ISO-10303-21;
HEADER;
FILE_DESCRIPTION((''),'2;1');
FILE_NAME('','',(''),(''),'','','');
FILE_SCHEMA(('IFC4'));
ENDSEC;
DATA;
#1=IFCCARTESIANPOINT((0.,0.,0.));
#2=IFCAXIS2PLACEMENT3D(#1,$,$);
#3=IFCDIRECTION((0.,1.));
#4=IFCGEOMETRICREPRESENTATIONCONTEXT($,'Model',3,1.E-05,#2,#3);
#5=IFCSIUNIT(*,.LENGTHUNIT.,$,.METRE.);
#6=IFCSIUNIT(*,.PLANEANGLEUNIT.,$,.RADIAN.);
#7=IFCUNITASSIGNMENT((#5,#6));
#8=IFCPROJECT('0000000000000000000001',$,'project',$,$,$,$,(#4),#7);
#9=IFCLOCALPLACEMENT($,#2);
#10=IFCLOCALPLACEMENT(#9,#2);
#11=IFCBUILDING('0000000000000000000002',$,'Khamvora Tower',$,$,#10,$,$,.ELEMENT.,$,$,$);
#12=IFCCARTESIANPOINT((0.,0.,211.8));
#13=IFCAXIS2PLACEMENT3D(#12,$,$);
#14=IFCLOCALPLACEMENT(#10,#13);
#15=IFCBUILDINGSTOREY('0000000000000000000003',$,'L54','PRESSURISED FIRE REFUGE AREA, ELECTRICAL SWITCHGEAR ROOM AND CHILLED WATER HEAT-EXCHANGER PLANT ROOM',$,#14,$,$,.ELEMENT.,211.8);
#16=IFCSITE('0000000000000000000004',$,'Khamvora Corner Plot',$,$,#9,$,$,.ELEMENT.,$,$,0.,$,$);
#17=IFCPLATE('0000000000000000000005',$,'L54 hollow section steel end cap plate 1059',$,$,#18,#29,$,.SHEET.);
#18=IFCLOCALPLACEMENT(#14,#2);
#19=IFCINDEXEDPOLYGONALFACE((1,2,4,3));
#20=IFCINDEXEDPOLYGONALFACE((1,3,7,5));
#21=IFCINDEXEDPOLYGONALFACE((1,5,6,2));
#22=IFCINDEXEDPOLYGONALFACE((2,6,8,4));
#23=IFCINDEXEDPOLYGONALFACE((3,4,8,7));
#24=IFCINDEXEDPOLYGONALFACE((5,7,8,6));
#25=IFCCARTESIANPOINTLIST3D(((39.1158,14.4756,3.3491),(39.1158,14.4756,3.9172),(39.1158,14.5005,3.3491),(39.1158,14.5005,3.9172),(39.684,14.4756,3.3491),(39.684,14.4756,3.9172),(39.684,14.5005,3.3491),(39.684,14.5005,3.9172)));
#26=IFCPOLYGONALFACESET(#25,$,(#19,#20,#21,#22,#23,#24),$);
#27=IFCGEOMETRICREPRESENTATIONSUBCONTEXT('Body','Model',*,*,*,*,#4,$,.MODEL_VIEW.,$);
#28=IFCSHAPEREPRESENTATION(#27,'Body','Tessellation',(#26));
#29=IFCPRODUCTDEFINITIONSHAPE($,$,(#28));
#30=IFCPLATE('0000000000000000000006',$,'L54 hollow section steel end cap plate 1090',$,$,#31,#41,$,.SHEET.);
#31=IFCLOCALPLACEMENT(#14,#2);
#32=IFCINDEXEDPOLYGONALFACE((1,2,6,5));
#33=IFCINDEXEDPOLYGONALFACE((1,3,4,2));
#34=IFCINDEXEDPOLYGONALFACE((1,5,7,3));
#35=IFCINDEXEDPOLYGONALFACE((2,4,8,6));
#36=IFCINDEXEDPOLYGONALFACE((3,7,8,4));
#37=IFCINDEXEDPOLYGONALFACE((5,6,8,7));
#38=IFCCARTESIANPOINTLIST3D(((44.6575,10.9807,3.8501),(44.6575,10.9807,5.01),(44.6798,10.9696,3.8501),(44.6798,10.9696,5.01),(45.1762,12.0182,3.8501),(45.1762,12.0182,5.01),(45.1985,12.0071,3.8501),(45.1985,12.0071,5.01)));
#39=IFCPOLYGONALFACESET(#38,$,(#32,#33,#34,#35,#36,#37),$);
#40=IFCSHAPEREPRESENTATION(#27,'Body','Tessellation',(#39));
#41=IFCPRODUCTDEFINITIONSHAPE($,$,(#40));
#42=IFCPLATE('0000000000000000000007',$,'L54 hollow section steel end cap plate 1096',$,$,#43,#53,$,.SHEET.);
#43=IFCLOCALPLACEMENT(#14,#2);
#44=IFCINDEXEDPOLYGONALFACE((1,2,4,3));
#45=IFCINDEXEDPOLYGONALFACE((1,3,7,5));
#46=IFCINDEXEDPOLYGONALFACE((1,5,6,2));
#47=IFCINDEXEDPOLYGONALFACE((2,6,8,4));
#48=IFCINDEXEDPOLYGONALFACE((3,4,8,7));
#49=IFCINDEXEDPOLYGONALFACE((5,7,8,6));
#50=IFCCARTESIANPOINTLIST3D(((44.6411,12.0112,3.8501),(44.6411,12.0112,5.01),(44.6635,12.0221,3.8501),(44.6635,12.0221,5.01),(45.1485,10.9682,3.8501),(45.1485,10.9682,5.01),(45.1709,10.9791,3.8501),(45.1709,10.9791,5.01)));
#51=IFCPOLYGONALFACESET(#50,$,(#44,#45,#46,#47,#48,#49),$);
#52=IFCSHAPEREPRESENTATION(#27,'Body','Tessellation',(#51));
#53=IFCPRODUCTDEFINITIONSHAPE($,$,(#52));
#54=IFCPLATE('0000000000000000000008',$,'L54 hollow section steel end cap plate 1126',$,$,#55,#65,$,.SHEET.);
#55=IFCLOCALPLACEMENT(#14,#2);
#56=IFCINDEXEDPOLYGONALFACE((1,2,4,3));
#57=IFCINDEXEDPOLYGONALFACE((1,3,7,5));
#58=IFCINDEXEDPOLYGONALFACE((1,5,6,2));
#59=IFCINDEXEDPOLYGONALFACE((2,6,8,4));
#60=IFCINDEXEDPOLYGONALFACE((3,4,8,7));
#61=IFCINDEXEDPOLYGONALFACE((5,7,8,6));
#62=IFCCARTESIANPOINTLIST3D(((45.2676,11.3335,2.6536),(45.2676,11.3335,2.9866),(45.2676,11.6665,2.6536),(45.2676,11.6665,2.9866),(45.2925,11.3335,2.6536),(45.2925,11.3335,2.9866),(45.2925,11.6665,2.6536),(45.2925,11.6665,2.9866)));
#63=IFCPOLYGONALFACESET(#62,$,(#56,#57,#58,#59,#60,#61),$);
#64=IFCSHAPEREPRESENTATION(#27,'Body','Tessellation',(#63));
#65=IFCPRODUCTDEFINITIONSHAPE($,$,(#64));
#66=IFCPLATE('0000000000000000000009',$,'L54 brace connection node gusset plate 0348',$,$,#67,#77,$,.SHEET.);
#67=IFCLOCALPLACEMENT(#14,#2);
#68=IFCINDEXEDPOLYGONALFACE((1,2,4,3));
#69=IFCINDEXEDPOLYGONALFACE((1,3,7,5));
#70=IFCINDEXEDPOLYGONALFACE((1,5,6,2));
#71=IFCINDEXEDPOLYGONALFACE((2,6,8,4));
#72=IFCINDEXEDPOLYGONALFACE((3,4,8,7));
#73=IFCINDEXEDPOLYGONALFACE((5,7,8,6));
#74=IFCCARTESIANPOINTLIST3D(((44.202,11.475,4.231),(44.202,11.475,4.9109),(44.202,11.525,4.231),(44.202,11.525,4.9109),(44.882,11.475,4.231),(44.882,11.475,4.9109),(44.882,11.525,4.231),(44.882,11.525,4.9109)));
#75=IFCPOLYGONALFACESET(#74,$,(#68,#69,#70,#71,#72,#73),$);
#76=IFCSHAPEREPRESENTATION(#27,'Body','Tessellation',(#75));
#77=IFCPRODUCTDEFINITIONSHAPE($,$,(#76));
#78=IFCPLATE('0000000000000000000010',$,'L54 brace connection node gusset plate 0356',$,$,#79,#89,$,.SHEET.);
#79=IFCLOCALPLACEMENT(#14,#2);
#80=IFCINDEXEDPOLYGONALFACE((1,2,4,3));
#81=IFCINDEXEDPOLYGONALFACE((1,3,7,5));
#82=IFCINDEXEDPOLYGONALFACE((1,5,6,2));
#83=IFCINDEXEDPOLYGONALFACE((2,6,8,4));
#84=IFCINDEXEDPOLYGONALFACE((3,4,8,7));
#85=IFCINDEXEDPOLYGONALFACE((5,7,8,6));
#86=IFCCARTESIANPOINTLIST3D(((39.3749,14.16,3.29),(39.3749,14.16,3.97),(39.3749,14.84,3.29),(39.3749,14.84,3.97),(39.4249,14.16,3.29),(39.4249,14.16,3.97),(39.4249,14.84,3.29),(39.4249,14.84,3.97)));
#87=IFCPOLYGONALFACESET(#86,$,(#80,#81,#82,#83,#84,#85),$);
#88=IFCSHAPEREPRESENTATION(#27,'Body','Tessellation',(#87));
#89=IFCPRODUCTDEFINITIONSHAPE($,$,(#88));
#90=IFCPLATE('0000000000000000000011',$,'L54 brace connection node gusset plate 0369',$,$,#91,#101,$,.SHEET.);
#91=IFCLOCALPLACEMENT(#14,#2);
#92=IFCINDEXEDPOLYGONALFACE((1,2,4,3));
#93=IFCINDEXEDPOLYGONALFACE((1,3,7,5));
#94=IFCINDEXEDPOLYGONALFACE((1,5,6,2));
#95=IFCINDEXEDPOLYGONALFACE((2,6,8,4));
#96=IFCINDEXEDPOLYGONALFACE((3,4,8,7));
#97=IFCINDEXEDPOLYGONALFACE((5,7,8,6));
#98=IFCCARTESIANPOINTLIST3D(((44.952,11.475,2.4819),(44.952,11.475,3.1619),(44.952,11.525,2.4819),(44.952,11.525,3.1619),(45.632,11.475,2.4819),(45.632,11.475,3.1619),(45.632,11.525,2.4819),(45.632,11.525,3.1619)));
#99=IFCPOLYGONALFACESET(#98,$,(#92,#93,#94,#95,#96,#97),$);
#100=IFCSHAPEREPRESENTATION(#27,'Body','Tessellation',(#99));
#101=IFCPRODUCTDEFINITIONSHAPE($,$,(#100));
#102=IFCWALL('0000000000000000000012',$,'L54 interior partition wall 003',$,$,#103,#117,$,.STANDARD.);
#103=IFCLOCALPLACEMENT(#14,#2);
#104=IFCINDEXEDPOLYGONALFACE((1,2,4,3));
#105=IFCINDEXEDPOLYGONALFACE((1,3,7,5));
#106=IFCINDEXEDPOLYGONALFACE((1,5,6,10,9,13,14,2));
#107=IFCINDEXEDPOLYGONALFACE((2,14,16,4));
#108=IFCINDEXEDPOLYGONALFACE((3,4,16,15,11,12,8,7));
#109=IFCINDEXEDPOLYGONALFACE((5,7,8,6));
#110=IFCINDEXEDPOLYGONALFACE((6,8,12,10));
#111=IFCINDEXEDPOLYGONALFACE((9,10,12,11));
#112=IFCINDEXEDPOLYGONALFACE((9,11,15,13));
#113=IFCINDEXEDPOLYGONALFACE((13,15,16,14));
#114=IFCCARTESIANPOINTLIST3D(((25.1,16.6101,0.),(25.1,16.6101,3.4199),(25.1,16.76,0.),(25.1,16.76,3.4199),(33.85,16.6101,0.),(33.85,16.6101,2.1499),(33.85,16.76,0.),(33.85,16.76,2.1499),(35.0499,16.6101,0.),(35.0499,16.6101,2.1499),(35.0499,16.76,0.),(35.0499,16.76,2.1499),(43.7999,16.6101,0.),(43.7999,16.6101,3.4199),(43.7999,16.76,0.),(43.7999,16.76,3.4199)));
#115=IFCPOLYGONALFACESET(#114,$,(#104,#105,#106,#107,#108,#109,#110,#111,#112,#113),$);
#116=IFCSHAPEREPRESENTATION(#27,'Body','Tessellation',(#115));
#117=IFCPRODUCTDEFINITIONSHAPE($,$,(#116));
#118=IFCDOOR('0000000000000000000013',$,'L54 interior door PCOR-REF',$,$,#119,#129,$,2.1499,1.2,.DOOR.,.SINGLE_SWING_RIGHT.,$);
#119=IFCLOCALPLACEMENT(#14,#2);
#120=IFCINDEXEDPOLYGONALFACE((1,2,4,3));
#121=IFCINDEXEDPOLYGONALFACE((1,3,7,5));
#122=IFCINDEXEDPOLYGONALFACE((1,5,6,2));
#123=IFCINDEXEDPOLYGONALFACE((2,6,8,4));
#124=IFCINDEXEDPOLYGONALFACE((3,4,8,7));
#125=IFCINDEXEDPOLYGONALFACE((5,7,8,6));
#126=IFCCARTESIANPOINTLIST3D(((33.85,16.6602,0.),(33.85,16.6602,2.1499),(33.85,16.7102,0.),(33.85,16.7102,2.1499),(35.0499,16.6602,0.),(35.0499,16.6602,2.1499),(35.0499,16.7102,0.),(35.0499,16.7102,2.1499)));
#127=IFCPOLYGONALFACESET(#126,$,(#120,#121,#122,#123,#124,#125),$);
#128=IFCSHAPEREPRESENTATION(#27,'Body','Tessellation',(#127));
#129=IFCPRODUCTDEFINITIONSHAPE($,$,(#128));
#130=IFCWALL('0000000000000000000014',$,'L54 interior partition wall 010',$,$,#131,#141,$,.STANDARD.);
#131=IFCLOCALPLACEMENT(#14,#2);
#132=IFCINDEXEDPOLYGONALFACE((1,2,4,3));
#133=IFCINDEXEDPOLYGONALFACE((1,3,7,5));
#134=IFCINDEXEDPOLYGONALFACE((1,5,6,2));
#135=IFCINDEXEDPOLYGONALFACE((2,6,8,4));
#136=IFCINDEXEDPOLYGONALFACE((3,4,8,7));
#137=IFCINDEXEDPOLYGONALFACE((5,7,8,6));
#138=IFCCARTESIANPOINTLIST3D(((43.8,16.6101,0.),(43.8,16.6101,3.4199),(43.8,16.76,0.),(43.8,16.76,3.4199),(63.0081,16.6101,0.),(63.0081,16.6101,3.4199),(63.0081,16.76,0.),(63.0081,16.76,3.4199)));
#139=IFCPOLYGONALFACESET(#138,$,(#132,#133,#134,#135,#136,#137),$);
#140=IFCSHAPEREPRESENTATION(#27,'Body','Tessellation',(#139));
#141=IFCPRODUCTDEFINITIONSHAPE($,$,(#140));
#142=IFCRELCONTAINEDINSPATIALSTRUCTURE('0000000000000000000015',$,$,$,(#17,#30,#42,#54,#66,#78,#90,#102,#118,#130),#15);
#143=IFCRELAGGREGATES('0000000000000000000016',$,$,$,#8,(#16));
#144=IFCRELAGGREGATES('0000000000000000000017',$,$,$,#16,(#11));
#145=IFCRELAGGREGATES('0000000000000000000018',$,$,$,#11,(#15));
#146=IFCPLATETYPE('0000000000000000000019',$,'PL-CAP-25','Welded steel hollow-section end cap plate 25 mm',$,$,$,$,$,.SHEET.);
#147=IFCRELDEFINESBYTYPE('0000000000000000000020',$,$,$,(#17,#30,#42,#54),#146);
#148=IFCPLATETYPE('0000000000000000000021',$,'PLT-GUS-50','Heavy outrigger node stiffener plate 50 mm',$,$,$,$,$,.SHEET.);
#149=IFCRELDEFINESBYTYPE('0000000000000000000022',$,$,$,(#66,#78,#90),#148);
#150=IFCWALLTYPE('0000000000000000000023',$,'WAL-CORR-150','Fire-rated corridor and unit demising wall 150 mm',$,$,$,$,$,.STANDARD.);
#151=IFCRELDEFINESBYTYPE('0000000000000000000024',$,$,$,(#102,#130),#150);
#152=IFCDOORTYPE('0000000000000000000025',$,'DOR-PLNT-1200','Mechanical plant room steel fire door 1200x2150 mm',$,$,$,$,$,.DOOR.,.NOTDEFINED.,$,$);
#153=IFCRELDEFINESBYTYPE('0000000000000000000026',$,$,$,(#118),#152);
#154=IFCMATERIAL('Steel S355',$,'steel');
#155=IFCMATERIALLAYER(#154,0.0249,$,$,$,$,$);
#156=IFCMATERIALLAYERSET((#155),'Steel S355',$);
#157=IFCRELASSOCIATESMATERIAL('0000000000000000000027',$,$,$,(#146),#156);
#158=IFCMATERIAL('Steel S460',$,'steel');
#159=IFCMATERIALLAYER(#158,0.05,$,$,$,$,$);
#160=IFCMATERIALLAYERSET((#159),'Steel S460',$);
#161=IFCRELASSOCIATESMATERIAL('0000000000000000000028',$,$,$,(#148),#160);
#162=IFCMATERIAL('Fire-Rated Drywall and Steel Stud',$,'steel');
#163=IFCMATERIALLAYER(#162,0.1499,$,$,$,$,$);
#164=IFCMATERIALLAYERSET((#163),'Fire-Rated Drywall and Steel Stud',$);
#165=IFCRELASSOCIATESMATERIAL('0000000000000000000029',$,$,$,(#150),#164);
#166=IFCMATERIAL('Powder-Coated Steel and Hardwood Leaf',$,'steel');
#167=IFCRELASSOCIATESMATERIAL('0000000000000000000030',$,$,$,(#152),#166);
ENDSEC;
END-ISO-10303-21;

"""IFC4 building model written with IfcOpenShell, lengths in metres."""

from ifc_helpers import new_model, si_unit, direction, frame, frame_2d, origin, origin_2d, place, context, subcontext, project, spatial, rectangle, extrude, material, layer, layer_set, type_object, element, fill, save


model = new_model("IFC4")

# Units and contexts
model_context = context("Model", 3, precision=1e-05, world=origin(), true_north=direction((0.0, 1.0)))
body_context = subcontext(model_context, "Body", "Model", "MODEL_VIEW")
ifc_project = project(units=[si_unit("LENGTHUNIT", "METRE"), si_unit("PLANEANGLEUNIT", "RADIAN")], contexts=[model_context])

# Site, building, storey
site_placement = place(None, origin())
site = spatial("IfcSite", under=ifc_project, at=site_placement, Name="Khamvora Corner Plot", CompositionType="ELEMENT", RefElevation=0.0)
building_placement = place(site_placement, origin())
building = spatial("IfcBuilding", under=site, at=building_placement, Name="Khamvora Tower", CompositionType="ELEMENT")
storey_placement = place(building_placement, frame((0.0, 0.0, 211.8)))
storey = spatial("IfcBuildingStorey", under=building, at=storey_placement, Name="L54", Description="PRESSURISED FIRE REFUGE AREA, ELECTRICAL SWITCHGEAR ROOM AND CHILLED WATER HEAT-EXCHANGER PLANT ROOM", CompositionType="ELEMENT", Elevation=211.8)

# Shared definitions
ifc_material_1 = material(Name="Steel S355", Category="steel")

# Shared definitions
ifc_material_2 = material(Name="Steel S460", Category="steel")

# Plates
ifc_layer_1 = layer(ifc_material_1, 0.0249)
ifc_layer_set_1 = layer_set([ifc_layer_1], Name="Steel S355")
plate_type_1 = type_object("IfcPlateType", Name="PL-CAP-25", Description="Welded steel hollow-section end cap plate 25 mm", PredefinedType="SHEET", material=ifc_layer_set_1)
plate_1_placement = place(storey_placement, frame((39.3999, 14.488, 3.3491), z_axis=(0.0, 0.0, 1.0), x_axis=(0.0, -1.0, 0.0)))
element("IfcPlate", 1, at=plate_1_placement, inside=storey, type_object=plate_type_1, Name="L54 hollow section steel end cap plate 1059", PredefinedType="SHEET", context=body_context, shape_type="SweptSolid", body=[
    extrude(rectangle(XDim=0.0249, YDim=0.5681, at=origin_2d()), origin(), (0.0, 0.0, 1.0), 0.5681),
])
for number, where, z_axis, x_axis, name in (
    (2, (44.928, 11.4939, 3.8501), (0.0, 0.0, 1.0), (-0.894428, 0.447213, 0.0), "L54 hollow section steel end cap plate 1090"),
    (3, (44.906, 11.4951, 3.8501), (0.0, 0.0, 1.0), (0.899214, 0.437508, 0.0), "L54 hollow section steel end cap plate 1096"),
):
    element("IfcPlate", number, at=place(storey_placement, frame(where, z_axis=z_axis, x_axis=x_axis)), inside=storey, type_object=plate_type_1, Name=name, PredefinedType="SHEET", context=body_context, shape_type="SweptSolid", body=[
        extrude(rectangle(XDim=0.0249, YDim=1.1599, at=origin_2d()), origin(), (0.0, 0.0, 1.0), 1.1599),
    ])
plate_2_placement = place(storey_placement, frame((45.28, 11.5, 2.6536), z_axis=(0.0, 0.0, 1.0), x_axis=(1.0, 0.0, 0.0)))
element("IfcPlate", 4, at=plate_2_placement, inside=storey, type_object=plate_type_1, Name="L54 hollow section steel end cap plate 1126", PredefinedType="SHEET", context=body_context, shape_type="SweptSolid", body=[
    extrude(rectangle(XDim=0.0249, YDim=0.333, at=origin_2d()), origin(), (0.0, 0.0, 1.0), 0.333),
])
ifc_layer_2 = layer(ifc_material_2, 0.05)
ifc_layer_set_2 = layer_set([ifc_layer_2], Name="Steel S460")
plate_type_2 = type_object("IfcPlateType", Name="PLT-GUS-50", Description="Heavy outrigger node stiffener plate 50 mm", PredefinedType="SHEET", material=ifc_layer_set_2)
for number, where, z_axis, x_axis, name in (
    (5, (44.542, 11.5, 4.231), (0.0, 0.0, 1.0), (1.0, 0.0, 0.0), "L54 brace connection node gusset plate 0348"),
    (6, (39.3999, 14.5, 3.29), (0.0, 0.0, 1.0), (0.0, -1.0, 0.0), "L54 brace connection node gusset plate 0356"),
    (7, (45.292, 11.5, 2.4819), (0.0, 0.0, 1.0), (1.0, 0.0, 0.0), "L54 brace connection node gusset plate 0369"),
):
    element("IfcPlate", number, at=place(storey_placement, frame(where, z_axis=z_axis, x_axis=x_axis)), inside=storey, type_object=plate_type_2, Name=name, PredefinedType="SHEET", context=body_context, shape_type="SweptSolid", body=[
        extrude(rectangle(XDim=0.6799, YDim=0.05, at=origin_2d()), origin(), (0.0, 0.0, 1.0), 0.6799),
    ])

# Wall, opening, door
ifc_material_3 = material(Name="Fire-Rated Drywall and Steel Stud", Category="steel")
ifc_layer_3 = layer(ifc_material_3, 0.1499)
ifc_layer_set_3 = layer_set([ifc_layer_3], Name="Fire-Rated Drywall and Steel Stud")
wall_type = type_object("IfcWallType", Name="WAL-CORR-150", Description="Fire-rated corridor and unit demising wall 150 mm", PredefinedType="STANDARD", material=ifc_layer_set_3)
wall_1_placement = place(storey_placement, frame((43.8, 16.6851, 0.0), z_axis=(0.0, 0.0, 1.0), x_axis=(-1.0, 0.0, 0.0)))
wall_1 = element("IfcWall", 8, at=wall_1_placement, inside=storey, type_object=wall_type, Name="L54 interior partition wall 003", PredefinedType="STANDARD", context=body_context, shape_type="SweptSolid", body=[
    extrude(rectangle(XDim=18.7, YDim=0.1499, at=frame_2d((9.3501, 0.0))), origin(), (0.0, 0.0, 1.0), 3.4199),
])
opening_placement = place(wall_1_placement, frame((8.75, 0.0, 0.0)))
opening = element("IfcOpeningElement", 9, at=opening_placement, cuts=wall_1, PredefinedType="OPENING", context=body_context, shape_type="SweptSolid", body=[
    extrude(rectangle(XDim=1.2, YDim=2.1499, at=frame_2d((0.6001, 1.075))), frame((0.0, 0.085, 0.0), z_axis=(0.0, -1.0, 0.0), x_axis=(1.0, 0.0, 0.0)), (0.0, 0.0, 1.0), 0.1699),
])
ifc_material_4 = material(Name="Powder-Coated Steel and Hardwood Leaf", Category="steel")
door_type = type_object("IfcDoorType", Name="DOR-PLNT-1200", Description="Mechanical plant room steel fire door 1200x2150 mm", OperationType="NOTDEFINED", PredefinedType="DOOR", material=ifc_material_4)
door_placement = place(opening_placement, origin())
door = element("IfcDoor", 10, at=door_placement, inside=storey, type_object=door_type, Name="L54 interior door PCOR-REF", OperationType="SINGLE_SWING_RIGHT", OverallHeight=2.1499, OverallWidth=1.2, PredefinedType="DOOR", context=body_context, shape_type="SweptSolid", body=[
    extrude(rectangle(XDim=1.2, YDim=2.1499, at=frame_2d((0.6001, 1.075))), frame((0.0, 0.0249, 0.0), z_axis=(0.0, -1.0, 0.0), x_axis=(1.0, 0.0, 0.0)), (0.0, 0.0, 1.0), 0.05),
])
fill(opening, door)

# Wall
wall_2_placement = place(storey_placement, frame((43.8, 16.6851, 0.0), z_axis=(0.0, 0.0, 1.0), x_axis=(1.0, 0.0, 0.0)))
element("IfcWall", 11, at=wall_2_placement, inside=storey, type_object=wall_type, Name="L54 interior partition wall 010", PredefinedType="STANDARD", context=body_context, shape_type="SweptSolid", body=[
    extrude(rectangle(XDim=19.208, YDim=0.1499, at=frame_2d((9.604, 0.0))), origin(), (0.0, 0.0, 1.0), 3.4199),
])

save(model, "model.ifc")
